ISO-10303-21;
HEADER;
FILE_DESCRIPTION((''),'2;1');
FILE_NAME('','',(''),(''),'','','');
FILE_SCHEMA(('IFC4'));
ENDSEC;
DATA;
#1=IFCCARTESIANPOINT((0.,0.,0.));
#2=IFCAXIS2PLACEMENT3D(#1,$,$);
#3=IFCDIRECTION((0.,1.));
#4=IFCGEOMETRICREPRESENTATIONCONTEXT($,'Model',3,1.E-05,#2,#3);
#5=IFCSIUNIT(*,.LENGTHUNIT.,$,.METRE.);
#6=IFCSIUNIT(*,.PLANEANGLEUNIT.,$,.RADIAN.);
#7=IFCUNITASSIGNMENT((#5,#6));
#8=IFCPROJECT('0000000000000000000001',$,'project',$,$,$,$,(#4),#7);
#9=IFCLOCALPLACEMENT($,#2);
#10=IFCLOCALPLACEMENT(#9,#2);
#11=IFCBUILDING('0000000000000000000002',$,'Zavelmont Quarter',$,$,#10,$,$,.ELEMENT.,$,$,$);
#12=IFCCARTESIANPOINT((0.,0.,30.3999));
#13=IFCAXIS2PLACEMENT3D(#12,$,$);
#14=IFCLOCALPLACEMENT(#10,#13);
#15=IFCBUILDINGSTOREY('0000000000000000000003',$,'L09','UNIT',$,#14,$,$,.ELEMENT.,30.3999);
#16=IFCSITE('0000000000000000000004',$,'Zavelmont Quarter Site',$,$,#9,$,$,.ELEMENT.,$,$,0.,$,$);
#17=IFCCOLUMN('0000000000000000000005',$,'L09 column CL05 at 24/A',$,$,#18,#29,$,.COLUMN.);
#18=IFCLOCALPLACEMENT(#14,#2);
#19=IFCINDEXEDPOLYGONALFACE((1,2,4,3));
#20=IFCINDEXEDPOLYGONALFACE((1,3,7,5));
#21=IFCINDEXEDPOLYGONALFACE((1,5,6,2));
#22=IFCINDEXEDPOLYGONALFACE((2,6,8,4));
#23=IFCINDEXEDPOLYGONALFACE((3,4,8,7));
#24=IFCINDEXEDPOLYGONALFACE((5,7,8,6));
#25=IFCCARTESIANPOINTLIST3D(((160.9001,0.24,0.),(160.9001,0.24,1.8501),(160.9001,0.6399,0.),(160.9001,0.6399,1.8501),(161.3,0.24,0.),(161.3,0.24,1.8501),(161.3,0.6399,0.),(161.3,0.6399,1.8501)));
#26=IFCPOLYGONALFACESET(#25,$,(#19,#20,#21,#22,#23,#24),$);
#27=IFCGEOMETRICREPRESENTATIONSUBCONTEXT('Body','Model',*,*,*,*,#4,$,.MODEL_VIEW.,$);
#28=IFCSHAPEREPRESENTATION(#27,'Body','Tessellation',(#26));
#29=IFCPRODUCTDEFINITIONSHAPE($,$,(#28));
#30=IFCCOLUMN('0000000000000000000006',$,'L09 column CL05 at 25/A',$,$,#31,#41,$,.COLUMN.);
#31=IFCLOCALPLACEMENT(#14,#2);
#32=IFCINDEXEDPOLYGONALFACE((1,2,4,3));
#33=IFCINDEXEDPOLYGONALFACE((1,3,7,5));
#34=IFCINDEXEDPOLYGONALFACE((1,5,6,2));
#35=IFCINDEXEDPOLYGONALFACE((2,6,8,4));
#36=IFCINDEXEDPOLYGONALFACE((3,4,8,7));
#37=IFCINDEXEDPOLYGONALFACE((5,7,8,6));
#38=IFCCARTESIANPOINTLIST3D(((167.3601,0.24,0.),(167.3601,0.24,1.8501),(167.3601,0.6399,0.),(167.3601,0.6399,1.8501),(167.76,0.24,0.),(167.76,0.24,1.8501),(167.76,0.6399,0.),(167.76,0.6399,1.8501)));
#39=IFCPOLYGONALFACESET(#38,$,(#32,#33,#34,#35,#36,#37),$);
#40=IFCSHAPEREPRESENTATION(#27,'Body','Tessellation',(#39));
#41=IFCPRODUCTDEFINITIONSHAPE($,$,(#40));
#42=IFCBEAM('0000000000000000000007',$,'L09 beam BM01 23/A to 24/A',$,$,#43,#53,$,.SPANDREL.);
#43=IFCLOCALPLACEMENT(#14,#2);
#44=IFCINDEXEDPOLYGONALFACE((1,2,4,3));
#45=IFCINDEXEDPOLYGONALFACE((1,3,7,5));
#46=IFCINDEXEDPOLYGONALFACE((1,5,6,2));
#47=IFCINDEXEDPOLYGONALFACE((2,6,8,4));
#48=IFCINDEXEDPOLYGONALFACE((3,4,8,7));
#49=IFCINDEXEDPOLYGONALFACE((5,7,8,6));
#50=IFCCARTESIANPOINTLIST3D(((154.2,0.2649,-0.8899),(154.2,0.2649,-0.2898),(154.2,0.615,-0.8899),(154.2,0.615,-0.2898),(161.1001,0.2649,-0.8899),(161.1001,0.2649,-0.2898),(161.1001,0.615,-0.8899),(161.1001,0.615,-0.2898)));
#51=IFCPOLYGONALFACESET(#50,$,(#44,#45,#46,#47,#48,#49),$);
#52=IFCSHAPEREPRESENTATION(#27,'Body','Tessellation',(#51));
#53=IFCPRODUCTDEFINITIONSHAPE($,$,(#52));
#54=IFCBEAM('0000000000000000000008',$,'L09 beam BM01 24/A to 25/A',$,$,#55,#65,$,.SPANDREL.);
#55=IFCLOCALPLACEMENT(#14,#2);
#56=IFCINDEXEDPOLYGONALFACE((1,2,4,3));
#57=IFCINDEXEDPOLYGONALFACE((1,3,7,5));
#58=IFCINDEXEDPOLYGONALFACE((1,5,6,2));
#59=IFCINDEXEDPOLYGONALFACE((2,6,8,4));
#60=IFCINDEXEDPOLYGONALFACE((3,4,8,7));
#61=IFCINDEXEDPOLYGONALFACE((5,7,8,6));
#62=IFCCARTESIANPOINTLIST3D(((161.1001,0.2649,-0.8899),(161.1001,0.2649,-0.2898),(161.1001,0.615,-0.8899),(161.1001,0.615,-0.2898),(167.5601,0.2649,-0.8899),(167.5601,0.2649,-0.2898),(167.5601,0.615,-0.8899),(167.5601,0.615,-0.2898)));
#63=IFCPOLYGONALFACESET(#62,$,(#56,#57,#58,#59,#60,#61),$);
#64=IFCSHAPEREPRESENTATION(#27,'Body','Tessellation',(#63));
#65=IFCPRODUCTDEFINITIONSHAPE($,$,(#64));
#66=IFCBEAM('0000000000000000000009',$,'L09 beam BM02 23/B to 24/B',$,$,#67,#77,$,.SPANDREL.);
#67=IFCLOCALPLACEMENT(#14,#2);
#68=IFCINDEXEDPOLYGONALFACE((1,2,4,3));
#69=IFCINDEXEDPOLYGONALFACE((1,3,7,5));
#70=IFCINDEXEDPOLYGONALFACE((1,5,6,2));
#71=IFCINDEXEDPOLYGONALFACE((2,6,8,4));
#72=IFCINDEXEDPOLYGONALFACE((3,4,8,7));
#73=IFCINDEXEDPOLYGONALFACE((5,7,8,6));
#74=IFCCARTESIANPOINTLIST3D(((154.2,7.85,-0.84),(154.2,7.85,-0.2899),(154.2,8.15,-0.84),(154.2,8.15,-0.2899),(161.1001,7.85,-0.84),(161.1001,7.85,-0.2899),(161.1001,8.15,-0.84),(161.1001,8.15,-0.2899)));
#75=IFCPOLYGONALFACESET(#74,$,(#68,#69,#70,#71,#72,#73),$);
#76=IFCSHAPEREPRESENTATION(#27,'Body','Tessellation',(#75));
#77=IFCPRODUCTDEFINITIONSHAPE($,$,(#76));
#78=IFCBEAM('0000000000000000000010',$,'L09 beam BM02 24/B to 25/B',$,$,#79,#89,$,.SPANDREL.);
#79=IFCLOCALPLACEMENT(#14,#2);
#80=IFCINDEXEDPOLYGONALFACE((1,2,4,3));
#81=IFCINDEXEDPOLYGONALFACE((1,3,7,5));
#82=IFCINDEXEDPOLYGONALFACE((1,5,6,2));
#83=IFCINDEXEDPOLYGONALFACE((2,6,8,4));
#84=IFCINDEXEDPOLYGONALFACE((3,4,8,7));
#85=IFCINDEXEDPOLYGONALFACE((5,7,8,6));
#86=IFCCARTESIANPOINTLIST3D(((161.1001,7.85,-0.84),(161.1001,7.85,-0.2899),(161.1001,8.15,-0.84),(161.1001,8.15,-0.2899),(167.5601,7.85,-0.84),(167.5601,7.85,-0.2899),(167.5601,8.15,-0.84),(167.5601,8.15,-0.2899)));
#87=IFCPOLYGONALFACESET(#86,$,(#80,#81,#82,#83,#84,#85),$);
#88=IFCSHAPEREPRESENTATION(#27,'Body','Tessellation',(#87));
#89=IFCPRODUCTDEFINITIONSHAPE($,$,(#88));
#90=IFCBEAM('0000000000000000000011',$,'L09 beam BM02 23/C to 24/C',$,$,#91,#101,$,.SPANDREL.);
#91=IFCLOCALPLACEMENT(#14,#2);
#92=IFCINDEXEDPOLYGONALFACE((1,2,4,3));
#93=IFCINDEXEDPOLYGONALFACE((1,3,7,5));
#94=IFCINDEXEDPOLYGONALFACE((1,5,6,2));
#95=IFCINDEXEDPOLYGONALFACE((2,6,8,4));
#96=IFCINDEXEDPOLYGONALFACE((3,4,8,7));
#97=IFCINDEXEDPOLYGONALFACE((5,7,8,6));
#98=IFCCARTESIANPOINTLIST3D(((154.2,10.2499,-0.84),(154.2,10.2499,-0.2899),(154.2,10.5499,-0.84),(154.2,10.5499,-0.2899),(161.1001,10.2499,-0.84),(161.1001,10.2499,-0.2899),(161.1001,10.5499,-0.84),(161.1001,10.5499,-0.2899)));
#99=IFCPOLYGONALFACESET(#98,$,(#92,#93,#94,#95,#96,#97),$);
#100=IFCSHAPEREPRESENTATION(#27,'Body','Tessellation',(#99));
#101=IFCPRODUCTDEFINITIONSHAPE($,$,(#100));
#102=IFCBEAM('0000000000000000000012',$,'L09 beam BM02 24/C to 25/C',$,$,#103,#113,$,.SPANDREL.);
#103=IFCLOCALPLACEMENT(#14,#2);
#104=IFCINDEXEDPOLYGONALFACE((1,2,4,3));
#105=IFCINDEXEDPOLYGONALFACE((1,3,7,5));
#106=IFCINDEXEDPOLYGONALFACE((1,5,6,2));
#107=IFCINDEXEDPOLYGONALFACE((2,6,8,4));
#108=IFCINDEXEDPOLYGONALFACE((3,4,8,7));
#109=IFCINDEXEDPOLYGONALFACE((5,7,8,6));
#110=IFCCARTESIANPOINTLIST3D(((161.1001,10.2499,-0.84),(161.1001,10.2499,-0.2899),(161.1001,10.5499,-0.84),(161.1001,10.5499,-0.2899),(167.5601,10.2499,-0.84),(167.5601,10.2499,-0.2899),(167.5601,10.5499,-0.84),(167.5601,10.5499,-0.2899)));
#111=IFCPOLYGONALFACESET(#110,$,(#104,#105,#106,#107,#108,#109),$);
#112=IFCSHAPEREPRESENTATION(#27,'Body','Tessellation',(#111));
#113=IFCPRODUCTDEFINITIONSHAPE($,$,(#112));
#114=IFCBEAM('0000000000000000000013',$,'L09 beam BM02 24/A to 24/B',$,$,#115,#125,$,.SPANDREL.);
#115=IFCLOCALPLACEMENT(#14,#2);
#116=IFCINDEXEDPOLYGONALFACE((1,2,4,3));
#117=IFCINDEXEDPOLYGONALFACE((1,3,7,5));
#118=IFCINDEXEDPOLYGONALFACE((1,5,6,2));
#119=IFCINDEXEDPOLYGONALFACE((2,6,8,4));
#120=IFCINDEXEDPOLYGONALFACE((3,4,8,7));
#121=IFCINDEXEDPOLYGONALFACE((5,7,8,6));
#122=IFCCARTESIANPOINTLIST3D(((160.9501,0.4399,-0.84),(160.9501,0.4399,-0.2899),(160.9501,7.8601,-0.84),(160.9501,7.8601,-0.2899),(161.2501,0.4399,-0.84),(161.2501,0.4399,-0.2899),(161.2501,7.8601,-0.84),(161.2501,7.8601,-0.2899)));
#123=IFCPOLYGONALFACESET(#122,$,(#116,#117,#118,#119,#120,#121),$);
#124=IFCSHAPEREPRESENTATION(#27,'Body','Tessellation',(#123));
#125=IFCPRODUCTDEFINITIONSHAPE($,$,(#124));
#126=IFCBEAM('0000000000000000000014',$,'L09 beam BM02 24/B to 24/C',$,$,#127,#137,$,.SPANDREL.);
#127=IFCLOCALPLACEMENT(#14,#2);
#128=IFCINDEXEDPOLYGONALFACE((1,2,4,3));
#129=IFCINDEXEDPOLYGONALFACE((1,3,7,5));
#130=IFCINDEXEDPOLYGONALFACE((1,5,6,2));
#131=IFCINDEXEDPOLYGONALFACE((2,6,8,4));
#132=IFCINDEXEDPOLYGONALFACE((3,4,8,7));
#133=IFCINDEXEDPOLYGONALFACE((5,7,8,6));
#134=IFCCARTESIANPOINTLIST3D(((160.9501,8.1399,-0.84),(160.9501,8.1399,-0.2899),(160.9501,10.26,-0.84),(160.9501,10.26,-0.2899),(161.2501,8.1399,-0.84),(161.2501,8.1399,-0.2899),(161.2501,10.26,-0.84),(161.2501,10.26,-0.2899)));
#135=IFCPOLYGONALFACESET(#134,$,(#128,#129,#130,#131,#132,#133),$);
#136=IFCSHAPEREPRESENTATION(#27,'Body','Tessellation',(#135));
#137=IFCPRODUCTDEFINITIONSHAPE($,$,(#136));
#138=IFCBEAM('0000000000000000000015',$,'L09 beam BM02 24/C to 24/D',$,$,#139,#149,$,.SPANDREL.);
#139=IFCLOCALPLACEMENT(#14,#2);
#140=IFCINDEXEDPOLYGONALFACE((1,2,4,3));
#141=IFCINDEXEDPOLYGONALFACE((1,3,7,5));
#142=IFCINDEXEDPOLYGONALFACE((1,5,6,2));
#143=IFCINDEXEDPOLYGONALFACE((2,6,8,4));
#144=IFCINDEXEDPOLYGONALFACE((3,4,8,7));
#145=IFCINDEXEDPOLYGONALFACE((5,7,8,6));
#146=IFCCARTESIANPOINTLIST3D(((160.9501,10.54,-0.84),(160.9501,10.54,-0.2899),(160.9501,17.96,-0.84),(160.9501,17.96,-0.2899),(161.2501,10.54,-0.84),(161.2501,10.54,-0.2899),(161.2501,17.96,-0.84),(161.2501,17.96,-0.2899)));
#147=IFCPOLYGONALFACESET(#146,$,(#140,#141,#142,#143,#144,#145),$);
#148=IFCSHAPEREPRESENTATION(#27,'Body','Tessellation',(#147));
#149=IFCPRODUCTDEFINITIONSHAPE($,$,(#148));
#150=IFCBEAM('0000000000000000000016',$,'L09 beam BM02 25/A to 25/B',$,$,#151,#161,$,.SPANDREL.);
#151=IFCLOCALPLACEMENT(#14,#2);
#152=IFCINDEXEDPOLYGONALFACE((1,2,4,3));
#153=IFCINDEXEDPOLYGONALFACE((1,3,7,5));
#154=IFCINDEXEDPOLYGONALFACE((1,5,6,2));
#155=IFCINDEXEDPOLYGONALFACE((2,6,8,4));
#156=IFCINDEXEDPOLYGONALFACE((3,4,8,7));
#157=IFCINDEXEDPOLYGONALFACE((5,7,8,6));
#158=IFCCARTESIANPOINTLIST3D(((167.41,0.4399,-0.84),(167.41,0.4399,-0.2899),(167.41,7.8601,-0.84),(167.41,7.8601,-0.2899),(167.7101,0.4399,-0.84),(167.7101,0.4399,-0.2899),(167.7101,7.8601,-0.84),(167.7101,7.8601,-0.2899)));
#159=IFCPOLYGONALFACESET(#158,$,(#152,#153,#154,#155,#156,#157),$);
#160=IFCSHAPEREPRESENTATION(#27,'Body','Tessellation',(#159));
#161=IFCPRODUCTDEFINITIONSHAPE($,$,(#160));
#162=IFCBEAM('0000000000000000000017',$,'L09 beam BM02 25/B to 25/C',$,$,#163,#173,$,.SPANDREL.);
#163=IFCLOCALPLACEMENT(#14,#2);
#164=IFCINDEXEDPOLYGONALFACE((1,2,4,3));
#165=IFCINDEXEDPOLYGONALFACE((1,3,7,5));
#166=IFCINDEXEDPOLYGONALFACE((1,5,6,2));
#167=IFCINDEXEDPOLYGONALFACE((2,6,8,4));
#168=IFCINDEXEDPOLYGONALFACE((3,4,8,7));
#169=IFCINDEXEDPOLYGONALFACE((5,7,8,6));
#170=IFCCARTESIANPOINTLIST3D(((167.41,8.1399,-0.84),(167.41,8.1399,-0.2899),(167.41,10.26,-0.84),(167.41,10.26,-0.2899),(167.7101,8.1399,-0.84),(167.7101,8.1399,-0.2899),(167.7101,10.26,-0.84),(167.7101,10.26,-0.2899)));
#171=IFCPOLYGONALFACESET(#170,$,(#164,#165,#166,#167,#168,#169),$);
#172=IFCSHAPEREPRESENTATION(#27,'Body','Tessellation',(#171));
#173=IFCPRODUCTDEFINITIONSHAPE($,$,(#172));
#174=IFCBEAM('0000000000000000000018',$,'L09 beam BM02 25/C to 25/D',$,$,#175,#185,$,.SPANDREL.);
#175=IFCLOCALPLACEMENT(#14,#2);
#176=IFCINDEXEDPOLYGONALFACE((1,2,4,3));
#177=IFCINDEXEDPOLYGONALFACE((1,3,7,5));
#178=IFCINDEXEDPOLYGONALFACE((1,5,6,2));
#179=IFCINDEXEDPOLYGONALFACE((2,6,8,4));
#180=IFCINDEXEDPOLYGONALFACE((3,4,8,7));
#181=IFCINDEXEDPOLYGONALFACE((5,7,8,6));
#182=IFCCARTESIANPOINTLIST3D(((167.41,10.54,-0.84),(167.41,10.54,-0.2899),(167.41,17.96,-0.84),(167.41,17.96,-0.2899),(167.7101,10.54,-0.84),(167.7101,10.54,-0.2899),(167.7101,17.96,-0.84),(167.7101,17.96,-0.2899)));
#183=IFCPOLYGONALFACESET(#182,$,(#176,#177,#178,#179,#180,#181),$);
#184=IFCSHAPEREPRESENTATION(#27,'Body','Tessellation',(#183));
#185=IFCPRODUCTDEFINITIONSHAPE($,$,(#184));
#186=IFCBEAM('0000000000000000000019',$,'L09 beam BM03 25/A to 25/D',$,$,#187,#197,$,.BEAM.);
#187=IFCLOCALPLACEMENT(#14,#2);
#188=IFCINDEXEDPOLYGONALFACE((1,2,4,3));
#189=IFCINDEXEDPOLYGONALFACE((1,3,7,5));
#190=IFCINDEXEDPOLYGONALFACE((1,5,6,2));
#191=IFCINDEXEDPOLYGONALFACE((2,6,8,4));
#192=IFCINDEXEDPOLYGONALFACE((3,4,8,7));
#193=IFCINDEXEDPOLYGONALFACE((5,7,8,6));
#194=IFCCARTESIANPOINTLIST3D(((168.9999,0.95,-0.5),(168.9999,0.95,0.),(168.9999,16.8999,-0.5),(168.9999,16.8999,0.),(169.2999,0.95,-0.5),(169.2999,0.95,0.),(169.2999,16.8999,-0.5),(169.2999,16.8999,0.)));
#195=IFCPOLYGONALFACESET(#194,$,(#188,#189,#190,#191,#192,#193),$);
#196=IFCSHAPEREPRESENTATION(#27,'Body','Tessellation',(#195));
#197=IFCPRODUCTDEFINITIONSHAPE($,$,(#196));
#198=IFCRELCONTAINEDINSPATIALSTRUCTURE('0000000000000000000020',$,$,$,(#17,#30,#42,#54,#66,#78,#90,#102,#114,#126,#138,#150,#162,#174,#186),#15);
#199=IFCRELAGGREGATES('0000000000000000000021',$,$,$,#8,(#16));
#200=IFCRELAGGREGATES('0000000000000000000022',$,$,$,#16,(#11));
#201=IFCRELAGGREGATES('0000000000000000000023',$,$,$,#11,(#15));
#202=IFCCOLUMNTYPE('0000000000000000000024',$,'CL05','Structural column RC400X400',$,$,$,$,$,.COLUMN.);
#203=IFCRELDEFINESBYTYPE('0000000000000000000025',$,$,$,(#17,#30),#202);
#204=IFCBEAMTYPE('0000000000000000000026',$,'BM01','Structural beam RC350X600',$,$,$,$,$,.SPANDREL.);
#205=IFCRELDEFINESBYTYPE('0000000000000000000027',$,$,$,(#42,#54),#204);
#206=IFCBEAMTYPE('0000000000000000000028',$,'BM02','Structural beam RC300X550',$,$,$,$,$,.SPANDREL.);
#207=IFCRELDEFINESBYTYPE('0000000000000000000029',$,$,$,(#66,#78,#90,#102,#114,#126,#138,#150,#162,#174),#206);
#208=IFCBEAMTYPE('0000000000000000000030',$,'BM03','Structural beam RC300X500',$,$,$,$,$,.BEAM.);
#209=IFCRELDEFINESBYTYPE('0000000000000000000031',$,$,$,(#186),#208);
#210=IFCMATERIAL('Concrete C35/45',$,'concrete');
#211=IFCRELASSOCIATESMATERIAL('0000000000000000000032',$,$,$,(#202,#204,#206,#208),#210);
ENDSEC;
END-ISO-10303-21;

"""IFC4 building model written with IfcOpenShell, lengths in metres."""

from ifc_helpers import new_model, si_unit, direction, frame, origin, origin_2d, place, context, subcontext, project, spatial, rectangle, extrude, material, material_profile, profile_set, type_object, element, save


model = new_model("IFC4")

# Units and contexts
model_context = context("Model", 3, precision=1e-05, world=origin(), true_north=direction((0.0, 1.0)))
body_context = subcontext(model_context, "Body", "Model", "MODEL_VIEW")
ifc_project = project(units=[si_unit("LENGTHUNIT", "METRE"), si_unit("PLANEANGLEUNIT", "RADIAN")], contexts=[model_context])

# Site, building, storey
site_placement = place(None, origin())
site = spatial("IfcSite", under=ifc_project, at=site_placement, Name="Zavelmont Quarter Site", CompositionType="ELEMENT", RefElevation=0.0)
building_placement = place(site_placement, origin())
building = spatial("IfcBuilding", under=site, at=building_placement, Name="Zavelmont Quarter", CompositionType="ELEMENT")
storey_placement = place(building_placement, frame((0.0, 0.0, 30.3999)))
storey = spatial("IfcBuildingStorey", under=building, at=storey_placement, Name="L09", Description="UNIT", CompositionType="ELEMENT", Elevation=30.3999)

# Columns
ifc_material_1 = material(Name="Concrete C35/45", Category="concrete")
ifc_material_profile_1 = material_profile(ifc_material_1, rectangle(XDim=0.3999, YDim=0.3999, at=origin_2d()), Name="RC400X400")
ifc_profile_set_1 = profile_set([ifc_material_profile_1], Name="Concrete C35/45")
column_type = type_object("IfcColumnType", Name="CL05", Description="Structural column RC400X400", PredefinedType="COLUMN", material=ifc_profile_set_1)
for number, where, z_axis, x_axis, name in (
    (1, (161.1001, 0.4399, 0.0), (0.0, 0.0, 1.0), (1.0, 0.0, 0.0), "L09 column CL05 at 24/A"),
    (2, (167.5601, 0.4399, 0.0), (0.0, 0.0, 1.0), (1.0, 0.0, 0.0), "L09 column CL05 at 25/A"),
):
    element("IfcColumn", number, at=place(storey_placement, frame(where, z_axis=z_axis, x_axis=x_axis)), inside=storey, type_object=column_type, Name=name, PredefinedType="COLUMN", context=body_context, shape_type="SweptSolid", body=[
        extrude(rectangle(XDim=0.3999, YDim=0.3999, at=origin_2d()), origin(), (0.0, 0.0, 1.0), 1.8501),
    ])

# Beams
ifc_material_profile_2 = material_profile(ifc_material_1, rectangle(XDim=0.3501, YDim=0.6001, at=origin_2d()), Name="RC350X600")
ifc_profile_set_2 = profile_set([ifc_material_profile_2], Name="Concrete C35/45")
beam_type_1 = type_object("IfcBeamType", Name="BM01", Description="Structural beam RC350X600", PredefinedType="SPANDREL", material=ifc_profile_set_2)
beam_1_placement = place(storey_placement, frame((154.2, 0.4399, -0.5898), z_axis=(1.0, 0.0, 0.0), x_axis=(0.0, 1.0, 0.0)))
element("IfcBeam", 3, at=beam_1_placement, inside=storey, type_object=beam_type_1, Name="L09 beam BM01 23/A to 24/A", PredefinedType="SPANDREL", context=body_context, shape_type="SweptSolid", body=[
    extrude(rectangle(XDim=0.3501, YDim=0.6001, at=origin_2d()), origin(), (0.0, 0.0, 1.0), 6.9001),
])
beam_2_placement = place(storey_placement, frame((161.1001, 0.4399, -0.5898), z_axis=(1.0, 0.0, 0.0), x_axis=(0.0, 1.0, 0.0)))
element("IfcBeam", 4, at=beam_2_placement, inside=storey, type_object=beam_type_1, Name="L09 beam BM01 24/A to 25/A", PredefinedType="SPANDREL", context=body_context, shape_type="SweptSolid", body=[
    extrude(rectangle(XDim=0.3501, YDim=0.6001, at=origin_2d()), origin(), (0.0, 0.0, 1.0), 6.46),
])
ifc_material_profile_3 = material_profile(ifc_material_1, rectangle(XDim=0.3, YDim=0.55, at=origin_2d()), Name="RC300X550")
ifc_profile_set_3 = profile_set([ifc_material_profile_3], Name="Concrete C35/45")
beam_type_2 = type_object("IfcBeamType", Name="BM02", Description="Structural beam RC300X550", PredefinedType="SPANDREL", material=ifc_profile_set_3)
beam_3_placement = place(storey_placement, frame((154.2, 8.0, -0.5649), z_axis=(1.0, 0.0, 0.0), x_axis=(0.0, 1.0, 0.0)))
element("IfcBeam", 5, at=beam_3_placement, inside=storey, type_object=beam_type_2, Name="L09 beam BM02 23/B to 24/B", PredefinedType="SPANDREL", context=body_context, shape_type="SweptSolid", body=[
    extrude(rectangle(XDim=0.3, YDim=0.55, at=origin_2d()), origin(), (0.0, 0.0, 1.0), 6.9001),
])
beam_4_placement = place(storey_placement, frame((161.1001, 8.0, -0.5649), z_axis=(1.0, 0.0, 0.0), x_axis=(0.0, 1.0, 0.0)))
element("IfcBeam", 6, at=beam_4_placement, inside=storey, type_object=beam_type_2, Name="L09 beam BM02 24/B to 25/B", PredefinedType="SPANDREL", context=body_context, shape_type="SweptSolid", body=[
    extrude(rectangle(XDim=0.3, YDim=0.55, at=origin_2d()), origin(), (0.0, 0.0, 1.0), 6.46),
])
beam_5_placement = place(storey_placement, frame((154.2, 10.3999, -0.5649), z_axis=(1.0, 0.0, 0.0), x_axis=(0.0, 1.0, 0.0)))
element("IfcBeam", 7, at=beam_5_placement, inside=storey, type_object=beam_type_2, Name="L09 beam BM02 23/C to 24/C", PredefinedType="SPANDREL", context=body_context, shape_type="SweptSolid", body=[
    extrude(rectangle(XDim=0.3, YDim=0.55, at=origin_2d()), origin(), (0.0, 0.0, 1.0), 6.9001),
])
beam_6_placement = place(storey_placement, frame((161.1001, 10.3999, -0.5649), z_axis=(1.0, 0.0, 0.0), x_axis=(0.0, 1.0, 0.0)))
element("IfcBeam", 8, at=beam_6_placement, inside=storey, type_object=beam_type_2, Name="L09 beam BM02 24/C to 25/C", PredefinedType="SPANDREL", context=body_context, shape_type="SweptSolid", body=[
    extrude(rectangle(XDim=0.3, YDim=0.55, at=origin_2d()), origin(), (0.0, 0.0, 1.0), 6.46),
])
beam_7_placement = place(storey_placement, frame((161.1001, 0.4399, -0.5649), z_axis=(0.0, 1.0, 0.0), x_axis=(-1.0, 0.0, 0.0)))
element("IfcBeam", 9, at=beam_7_placement, inside=storey, type_object=beam_type_2, Name="L09 beam BM02 24/A to 24/B", PredefinedType="SPANDREL", context=body_context, shape_type="SweptSolid", body=[
    extrude(rectangle(XDim=0.3, YDim=0.55, at=origin_2d()), origin(), (0.0, 0.0, 1.0), 7.4202),
])
beam_8_placement = place(storey_placement, frame((161.1001, 8.1399, -0.5649), z_axis=(0.0, 1.0, 0.0), x_axis=(-1.0, 0.0, 0.0)))
element("IfcBeam", 10, at=beam_8_placement, inside=storey, type_object=beam_type_2, Name="L09 beam BM02 24/B to 24/C", PredefinedType="SPANDREL", context=body_context, shape_type="SweptSolid", body=[
    extrude(rectangle(XDim=0.3, YDim=0.55, at=origin_2d()), origin(), (0.0, 0.0, 1.0), 2.1201),
])
beam_9_placement = place(storey_placement, frame((161.1001, 10.54, -0.5649), z_axis=(0.0, 1.0, 0.0), x_axis=(-1.0, 0.0, 0.0)))
element("IfcBeam", 11, at=beam_9_placement, inside=storey, type_object=beam_type_2, Name="L09 beam BM02 24/C to 24/D", PredefinedType="SPANDREL", context=body_context, shape_type="SweptSolid", body=[
    extrude(rectangle(XDim=0.3, YDim=0.55, at=origin_2d()), origin(), (0.0, 0.0, 1.0), 7.4199),
])
beam_10_placement = place(storey_placement, frame((167.5601, 0.4399, -0.5649), z_axis=(0.0, 1.0, 0.0), x_axis=(-1.0, 0.0, 0.0)))
element("IfcBeam", 12, at=beam_10_placement, inside=storey, type_object=beam_type_2, Name="L09 beam BM02 25/A to 25/B", PredefinedType="SPANDREL", context=body_context, shape_type="SweptSolid", body=[
    extrude(rectangle(XDim=0.3, YDim=0.55, at=origin_2d()), origin(), (0.0, 0.0, 1.0), 7.4202),
])
beam_11_placement = place(storey_placement, frame((167.5601, 8.1399, -0.5649), z_axis=(0.0, 1.0, 0.0), x_axis=(-1.0, 0.0, 0.0)))
element("IfcBeam", 13, at=beam_11_placement, inside=storey, type_object=beam_type_2, Name="L09 beam BM02 25/B to 25/C", PredefinedType="SPANDREL", context=body_context, shape_type="SweptSolid", body=[
    extrude(rectangle(XDim=0.3, YDim=0.55, at=origin_2d()), origin(), (0.0, 0.0, 1.0), 2.1201),
])
beam_12_placement = place(storey_placement, frame((167.5601, 10.54, -0.5649), z_axis=(0.0, 1.0, 0.0), x_axis=(-1.0, 0.0, 0.0)))
element("IfcBeam", 14, at=beam_12_placement, inside=storey, type_object=beam_type_2, Name="L09 beam BM02 25/C to 25/D", PredefinedType="SPANDREL", context=body_context, shape_type="SweptSolid", body=[
    extrude(rectangle(XDim=0.3, YDim=0.55, at=origin_2d()), origin(), (0.0, 0.0, 1.0), 7.4199),
])
ifc_material_profile_4 = material_profile(ifc_material_1, rectangle(XDim=0.3, YDim=0.5, at=origin_2d()), Name="RC300X500")
ifc_profile_set_4 = profile_set([ifc_material_profile_4], Name="Concrete C35/45")
beam_type_3 = type_object("IfcBeamType", Name="BM03", Description="Structural beam RC300X500", PredefinedType="BEAM", material=ifc_profile_set_4)
beam_13_placement = place(storey_placement, frame((169.1499, 0.95, -0.25), z_axis=(0.0, 1.0, 0.0), x_axis=(-1.0, 0.0, 0.0)))
element("IfcBeam", 15, at=beam_13_placement, inside=storey, type_object=beam_type_3, Name="L09 beam BM03 25/A to 25/D", PredefinedType="BEAM", context=body_context, shape_type="SweptSolid", body=[
    extrude(rectangle(XDim=0.3, YDim=0.5, at=origin_2d()), origin(), (0.0, 0.0, 1.0), 15.95),
])

save(model, "model.ifc")
